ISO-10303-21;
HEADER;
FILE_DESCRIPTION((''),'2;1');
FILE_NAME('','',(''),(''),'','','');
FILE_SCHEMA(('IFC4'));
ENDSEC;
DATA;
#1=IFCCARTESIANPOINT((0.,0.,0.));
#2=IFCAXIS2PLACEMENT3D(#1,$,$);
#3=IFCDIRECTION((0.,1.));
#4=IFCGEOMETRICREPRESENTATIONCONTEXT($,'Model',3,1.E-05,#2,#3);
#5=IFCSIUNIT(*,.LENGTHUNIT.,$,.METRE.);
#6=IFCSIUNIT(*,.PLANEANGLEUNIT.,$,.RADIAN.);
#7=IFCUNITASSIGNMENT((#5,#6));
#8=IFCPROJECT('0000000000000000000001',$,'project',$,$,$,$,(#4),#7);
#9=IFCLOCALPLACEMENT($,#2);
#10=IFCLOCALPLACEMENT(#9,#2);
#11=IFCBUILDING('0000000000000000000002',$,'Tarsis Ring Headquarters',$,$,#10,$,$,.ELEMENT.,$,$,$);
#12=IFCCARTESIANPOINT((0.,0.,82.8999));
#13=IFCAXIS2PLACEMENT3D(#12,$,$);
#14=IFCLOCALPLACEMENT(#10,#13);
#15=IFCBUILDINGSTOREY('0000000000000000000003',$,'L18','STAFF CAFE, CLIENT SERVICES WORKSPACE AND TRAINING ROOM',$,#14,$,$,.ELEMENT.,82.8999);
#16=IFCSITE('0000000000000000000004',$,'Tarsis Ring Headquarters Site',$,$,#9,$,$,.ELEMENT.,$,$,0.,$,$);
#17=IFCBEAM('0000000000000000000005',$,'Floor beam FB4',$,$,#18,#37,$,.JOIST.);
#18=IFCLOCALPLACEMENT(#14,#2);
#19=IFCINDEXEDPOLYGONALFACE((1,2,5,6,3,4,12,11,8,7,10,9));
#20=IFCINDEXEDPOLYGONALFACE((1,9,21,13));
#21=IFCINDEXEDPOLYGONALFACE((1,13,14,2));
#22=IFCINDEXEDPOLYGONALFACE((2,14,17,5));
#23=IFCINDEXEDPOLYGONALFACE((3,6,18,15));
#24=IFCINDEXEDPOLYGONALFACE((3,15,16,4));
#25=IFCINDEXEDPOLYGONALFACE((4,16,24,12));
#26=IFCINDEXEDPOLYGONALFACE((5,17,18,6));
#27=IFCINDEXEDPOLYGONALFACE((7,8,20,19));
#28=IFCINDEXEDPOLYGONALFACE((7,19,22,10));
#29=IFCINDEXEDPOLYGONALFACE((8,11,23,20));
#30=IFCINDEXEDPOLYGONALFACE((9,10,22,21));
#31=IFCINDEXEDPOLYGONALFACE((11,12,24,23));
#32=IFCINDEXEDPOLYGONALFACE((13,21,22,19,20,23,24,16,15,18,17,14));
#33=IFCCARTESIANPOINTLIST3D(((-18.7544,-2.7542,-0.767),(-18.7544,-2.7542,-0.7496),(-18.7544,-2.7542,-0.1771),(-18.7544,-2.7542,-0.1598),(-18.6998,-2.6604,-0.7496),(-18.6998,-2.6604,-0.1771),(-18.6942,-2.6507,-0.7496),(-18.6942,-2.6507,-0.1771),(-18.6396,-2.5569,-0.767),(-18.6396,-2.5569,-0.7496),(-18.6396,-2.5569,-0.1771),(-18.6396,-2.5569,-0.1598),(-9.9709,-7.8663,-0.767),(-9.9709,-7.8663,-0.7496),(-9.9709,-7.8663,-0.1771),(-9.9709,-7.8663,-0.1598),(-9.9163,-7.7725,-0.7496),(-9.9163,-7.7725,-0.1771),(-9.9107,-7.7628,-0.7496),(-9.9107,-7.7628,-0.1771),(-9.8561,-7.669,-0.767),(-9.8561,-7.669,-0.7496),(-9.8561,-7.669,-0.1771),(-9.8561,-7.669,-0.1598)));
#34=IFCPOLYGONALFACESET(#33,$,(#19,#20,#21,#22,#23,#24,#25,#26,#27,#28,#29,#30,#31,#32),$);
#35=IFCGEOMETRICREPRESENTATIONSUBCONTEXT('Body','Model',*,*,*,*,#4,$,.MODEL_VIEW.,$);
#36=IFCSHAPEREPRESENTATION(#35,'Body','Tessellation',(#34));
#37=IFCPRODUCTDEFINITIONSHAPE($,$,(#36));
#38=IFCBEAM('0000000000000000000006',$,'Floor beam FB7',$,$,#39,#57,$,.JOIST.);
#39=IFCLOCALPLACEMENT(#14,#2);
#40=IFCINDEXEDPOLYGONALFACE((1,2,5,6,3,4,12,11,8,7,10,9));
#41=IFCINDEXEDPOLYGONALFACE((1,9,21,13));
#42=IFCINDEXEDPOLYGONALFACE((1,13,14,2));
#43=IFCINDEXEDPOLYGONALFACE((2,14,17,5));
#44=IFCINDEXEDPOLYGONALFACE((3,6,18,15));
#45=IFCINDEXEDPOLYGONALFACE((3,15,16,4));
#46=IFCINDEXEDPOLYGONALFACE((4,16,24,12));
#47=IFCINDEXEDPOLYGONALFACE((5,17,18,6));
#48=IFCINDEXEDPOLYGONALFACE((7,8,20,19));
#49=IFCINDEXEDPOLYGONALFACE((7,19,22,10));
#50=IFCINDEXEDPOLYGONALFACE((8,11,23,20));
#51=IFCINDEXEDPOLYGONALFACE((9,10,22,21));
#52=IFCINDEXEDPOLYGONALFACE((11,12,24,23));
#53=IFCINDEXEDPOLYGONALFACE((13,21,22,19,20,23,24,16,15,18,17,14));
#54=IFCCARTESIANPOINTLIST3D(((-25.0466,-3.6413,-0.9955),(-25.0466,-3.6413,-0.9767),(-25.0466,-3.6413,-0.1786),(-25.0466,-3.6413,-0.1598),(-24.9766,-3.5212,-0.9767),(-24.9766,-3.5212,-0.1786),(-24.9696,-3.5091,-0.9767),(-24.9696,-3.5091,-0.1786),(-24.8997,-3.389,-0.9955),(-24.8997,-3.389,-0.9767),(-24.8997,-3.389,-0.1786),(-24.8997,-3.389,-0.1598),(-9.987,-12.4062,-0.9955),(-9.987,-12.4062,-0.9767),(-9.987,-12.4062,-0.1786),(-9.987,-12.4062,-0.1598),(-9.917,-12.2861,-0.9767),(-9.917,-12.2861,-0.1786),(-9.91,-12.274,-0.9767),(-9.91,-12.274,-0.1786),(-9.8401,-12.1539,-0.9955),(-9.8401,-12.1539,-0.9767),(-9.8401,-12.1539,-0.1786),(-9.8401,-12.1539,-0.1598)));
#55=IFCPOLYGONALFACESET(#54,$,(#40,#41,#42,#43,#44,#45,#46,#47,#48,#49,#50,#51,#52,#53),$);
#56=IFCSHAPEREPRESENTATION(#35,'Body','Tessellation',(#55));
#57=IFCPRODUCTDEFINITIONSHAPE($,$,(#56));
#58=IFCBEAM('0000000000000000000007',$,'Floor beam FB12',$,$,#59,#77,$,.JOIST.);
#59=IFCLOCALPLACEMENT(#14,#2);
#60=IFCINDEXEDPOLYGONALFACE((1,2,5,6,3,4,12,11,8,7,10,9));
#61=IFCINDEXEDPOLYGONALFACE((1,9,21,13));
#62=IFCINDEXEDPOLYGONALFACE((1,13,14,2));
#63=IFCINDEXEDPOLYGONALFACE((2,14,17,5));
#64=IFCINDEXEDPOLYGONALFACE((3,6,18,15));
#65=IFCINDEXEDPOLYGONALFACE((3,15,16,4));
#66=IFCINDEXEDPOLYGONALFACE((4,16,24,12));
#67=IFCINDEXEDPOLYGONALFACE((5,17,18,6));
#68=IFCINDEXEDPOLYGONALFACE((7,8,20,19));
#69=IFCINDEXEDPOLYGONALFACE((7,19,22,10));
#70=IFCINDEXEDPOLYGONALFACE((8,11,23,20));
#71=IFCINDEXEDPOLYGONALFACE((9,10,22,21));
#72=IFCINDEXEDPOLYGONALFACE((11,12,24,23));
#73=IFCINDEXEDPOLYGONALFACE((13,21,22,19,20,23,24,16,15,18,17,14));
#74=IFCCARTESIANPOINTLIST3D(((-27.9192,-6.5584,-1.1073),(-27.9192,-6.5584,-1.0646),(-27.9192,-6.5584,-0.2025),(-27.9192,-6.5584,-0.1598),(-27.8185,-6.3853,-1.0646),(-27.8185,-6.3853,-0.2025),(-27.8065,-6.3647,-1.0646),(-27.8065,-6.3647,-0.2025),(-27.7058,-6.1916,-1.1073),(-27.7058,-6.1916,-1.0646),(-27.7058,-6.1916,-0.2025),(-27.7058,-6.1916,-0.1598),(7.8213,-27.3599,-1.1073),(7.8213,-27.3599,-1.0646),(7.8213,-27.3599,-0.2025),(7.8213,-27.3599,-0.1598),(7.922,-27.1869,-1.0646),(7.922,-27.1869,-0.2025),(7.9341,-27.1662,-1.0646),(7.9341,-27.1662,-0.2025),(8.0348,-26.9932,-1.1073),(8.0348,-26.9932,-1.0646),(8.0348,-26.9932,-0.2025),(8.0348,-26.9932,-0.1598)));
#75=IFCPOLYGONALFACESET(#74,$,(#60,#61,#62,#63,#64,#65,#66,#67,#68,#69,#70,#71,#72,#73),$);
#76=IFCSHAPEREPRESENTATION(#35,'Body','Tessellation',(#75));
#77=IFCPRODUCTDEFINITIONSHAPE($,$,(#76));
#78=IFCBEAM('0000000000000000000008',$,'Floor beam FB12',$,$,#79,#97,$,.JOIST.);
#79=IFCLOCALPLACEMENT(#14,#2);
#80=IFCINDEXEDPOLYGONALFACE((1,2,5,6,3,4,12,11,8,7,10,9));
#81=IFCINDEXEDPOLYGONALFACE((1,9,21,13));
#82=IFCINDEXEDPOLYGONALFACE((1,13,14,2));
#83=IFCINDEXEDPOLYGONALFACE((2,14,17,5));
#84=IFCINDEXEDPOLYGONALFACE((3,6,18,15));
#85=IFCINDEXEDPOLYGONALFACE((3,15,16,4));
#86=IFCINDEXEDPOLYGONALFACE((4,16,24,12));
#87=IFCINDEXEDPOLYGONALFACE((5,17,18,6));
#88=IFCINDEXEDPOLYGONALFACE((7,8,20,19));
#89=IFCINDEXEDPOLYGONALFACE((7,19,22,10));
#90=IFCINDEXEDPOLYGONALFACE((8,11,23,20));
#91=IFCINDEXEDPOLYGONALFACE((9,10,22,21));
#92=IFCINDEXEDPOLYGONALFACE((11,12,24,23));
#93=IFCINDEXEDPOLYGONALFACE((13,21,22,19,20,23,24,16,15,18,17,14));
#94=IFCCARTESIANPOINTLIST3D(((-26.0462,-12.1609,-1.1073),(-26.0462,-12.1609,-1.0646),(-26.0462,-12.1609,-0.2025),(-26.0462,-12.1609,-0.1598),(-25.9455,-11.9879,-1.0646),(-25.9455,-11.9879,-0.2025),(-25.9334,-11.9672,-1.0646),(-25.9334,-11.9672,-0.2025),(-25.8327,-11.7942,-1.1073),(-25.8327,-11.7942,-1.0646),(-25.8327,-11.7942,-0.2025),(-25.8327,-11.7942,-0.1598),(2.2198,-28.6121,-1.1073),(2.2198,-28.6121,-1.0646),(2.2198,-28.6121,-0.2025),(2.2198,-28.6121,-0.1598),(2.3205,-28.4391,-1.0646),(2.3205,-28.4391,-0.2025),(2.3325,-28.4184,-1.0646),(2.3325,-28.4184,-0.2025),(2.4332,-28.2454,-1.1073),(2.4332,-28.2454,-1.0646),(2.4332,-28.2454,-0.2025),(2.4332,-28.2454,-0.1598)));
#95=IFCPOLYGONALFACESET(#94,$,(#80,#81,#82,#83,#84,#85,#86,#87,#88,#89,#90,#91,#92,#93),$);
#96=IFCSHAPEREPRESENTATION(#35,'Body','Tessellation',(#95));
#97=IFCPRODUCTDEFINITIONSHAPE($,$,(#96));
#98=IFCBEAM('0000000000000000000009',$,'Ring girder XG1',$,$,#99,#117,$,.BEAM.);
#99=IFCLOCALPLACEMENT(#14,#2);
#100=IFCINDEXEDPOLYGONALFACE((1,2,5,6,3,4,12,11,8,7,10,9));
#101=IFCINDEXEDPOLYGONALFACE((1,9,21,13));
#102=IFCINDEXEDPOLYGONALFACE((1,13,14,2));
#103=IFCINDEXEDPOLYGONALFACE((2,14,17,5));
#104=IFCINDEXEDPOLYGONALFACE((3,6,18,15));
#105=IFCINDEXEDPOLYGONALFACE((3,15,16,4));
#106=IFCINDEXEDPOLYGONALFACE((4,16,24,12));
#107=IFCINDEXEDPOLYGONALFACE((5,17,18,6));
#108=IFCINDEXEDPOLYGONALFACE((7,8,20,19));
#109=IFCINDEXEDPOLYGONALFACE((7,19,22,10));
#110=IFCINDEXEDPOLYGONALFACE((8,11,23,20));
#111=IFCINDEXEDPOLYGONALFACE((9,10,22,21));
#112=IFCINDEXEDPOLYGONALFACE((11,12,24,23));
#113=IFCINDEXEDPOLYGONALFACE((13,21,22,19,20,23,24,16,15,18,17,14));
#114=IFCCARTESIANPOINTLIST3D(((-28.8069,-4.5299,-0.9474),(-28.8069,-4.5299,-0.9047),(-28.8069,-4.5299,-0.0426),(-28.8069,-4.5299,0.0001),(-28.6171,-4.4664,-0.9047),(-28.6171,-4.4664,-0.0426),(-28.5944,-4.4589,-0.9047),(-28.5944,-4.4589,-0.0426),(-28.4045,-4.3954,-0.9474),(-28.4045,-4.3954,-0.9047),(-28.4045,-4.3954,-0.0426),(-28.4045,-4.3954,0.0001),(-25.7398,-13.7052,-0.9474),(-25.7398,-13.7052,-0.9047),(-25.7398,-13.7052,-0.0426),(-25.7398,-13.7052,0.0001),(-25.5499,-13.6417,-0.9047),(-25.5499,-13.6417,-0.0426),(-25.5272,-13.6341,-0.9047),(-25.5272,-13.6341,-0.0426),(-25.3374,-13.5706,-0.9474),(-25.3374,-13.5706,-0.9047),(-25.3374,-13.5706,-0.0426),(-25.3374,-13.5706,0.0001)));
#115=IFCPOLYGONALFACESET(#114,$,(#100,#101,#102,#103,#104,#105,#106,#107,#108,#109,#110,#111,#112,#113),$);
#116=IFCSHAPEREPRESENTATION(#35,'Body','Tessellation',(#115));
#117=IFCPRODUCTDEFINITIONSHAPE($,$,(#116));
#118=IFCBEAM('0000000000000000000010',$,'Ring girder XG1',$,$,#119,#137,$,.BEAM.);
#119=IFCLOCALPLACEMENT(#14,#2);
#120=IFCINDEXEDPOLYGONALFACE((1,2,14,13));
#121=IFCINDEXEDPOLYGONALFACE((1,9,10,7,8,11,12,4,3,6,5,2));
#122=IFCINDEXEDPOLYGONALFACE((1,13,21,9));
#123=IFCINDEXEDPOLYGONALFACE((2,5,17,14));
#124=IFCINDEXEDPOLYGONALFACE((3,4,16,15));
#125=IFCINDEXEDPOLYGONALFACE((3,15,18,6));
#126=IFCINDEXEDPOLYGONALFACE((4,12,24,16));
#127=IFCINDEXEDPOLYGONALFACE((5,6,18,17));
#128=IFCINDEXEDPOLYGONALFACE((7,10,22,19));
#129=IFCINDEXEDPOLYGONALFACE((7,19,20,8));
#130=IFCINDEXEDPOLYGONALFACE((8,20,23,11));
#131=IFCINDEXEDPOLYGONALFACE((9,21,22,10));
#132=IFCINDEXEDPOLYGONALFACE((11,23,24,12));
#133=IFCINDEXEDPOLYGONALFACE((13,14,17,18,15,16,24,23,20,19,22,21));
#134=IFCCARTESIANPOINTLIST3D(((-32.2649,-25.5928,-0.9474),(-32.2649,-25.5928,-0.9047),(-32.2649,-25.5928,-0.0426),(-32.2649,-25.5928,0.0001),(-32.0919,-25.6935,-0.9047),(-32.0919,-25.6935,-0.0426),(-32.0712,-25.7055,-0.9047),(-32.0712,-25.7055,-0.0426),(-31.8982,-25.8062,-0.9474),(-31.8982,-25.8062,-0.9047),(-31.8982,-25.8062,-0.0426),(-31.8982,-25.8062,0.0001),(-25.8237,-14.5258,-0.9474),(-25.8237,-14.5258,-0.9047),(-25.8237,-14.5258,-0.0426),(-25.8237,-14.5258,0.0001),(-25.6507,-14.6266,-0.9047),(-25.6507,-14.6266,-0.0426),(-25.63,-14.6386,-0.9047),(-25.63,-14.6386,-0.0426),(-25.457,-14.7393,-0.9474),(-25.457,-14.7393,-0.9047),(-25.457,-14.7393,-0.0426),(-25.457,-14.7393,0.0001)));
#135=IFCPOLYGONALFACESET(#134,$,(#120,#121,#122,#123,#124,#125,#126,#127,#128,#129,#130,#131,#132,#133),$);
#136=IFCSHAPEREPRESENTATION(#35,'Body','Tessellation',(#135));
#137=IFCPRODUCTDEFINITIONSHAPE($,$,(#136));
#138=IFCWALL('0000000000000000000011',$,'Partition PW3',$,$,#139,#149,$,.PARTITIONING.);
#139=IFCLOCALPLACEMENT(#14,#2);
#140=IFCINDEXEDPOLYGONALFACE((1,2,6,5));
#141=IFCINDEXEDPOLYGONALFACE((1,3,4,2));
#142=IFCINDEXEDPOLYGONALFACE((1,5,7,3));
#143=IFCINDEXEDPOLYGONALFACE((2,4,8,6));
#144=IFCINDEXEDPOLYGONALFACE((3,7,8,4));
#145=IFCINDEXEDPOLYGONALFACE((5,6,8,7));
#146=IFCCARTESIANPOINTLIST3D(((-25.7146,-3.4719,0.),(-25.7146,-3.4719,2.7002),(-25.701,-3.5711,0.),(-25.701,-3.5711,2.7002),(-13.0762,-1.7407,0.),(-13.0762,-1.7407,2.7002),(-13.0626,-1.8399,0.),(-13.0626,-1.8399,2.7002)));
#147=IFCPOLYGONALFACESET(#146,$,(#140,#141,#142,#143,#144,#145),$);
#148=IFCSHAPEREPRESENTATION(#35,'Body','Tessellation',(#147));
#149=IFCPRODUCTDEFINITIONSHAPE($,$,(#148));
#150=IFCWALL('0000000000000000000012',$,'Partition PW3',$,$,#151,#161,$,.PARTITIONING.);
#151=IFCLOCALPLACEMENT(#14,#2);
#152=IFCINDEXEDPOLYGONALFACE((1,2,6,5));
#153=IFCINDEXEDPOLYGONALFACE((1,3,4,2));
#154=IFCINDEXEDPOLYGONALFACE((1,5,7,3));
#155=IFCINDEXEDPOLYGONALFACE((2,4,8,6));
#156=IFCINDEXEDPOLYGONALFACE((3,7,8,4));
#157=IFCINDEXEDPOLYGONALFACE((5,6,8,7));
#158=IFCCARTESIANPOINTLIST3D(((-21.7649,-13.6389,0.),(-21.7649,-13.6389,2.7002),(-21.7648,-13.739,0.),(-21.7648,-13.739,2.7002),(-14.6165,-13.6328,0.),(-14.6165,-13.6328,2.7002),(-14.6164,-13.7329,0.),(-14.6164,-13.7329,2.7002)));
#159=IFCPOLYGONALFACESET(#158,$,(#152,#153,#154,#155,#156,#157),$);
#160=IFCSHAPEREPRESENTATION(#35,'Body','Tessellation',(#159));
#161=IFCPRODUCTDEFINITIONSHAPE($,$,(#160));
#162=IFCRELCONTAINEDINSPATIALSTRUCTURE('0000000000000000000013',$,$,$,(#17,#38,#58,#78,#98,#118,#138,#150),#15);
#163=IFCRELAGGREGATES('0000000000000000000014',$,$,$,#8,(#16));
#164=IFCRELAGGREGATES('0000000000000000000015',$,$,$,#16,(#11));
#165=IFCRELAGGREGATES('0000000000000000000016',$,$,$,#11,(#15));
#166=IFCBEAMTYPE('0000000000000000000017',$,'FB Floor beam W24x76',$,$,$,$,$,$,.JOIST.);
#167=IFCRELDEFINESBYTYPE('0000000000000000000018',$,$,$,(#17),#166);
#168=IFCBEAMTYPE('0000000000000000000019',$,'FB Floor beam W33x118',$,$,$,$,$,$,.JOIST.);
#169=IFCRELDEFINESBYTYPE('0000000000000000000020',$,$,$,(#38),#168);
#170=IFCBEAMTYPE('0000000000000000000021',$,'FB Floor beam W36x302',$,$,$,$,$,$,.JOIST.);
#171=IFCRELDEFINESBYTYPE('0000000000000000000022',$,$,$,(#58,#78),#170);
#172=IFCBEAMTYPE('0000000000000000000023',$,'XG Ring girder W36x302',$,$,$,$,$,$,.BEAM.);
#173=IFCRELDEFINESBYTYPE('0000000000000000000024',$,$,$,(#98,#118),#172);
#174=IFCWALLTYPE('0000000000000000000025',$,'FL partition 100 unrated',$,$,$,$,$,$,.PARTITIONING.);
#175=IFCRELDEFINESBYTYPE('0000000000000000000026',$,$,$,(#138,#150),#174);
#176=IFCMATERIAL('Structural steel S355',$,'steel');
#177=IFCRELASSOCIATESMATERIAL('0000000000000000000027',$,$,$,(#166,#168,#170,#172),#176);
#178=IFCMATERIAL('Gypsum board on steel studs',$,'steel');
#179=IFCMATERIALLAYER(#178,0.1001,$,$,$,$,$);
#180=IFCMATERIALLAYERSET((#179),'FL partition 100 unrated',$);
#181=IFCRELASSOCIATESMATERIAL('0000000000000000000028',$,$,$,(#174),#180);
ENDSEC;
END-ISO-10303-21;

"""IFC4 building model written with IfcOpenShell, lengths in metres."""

from ifc_helpers import new_model, si_unit, direction, frame, frame_2d, origin, origin_2d, place, context, subcontext, project, spatial, rectangle, i_section, extrude, material, layer, layer_set, material_profile, profile_set, type_object, element, save


model = new_model("IFC4")

# Units and contexts
model_context = context("Model", 3, precision=1e-05, world=origin(), true_north=direction((0.0, 1.0)))
body_context = subcontext(model_context, "Body", "Model", "MODEL_VIEW")
ifc_project = project(units=[si_unit("LENGTHUNIT", "METRE"), si_unit("PLANEANGLEUNIT", "RADIAN")], contexts=[model_context])

# Site, building, storey
site_placement = place(None, origin())
site = spatial("IfcSite", under=ifc_project, at=site_placement, Name="Tarsis Ring Headquarters Site", CompositionType="ELEMENT", RefElevation=0.0)
building_placement = place(site_placement, origin())
building = spatial("IfcBuilding", under=site, at=building_placement, Name="Tarsis Ring Headquarters", CompositionType="ELEMENT")
storey_placement = place(building_placement, frame((0.0, 0.0, 82.8999)))
storey = spatial("IfcBuildingStorey", under=building, at=storey_placement, Name="L18", Description="STAFF CAFE, CLIENT SERVICES WORKSPACE AND TRAINING ROOM", CompositionType="ELEMENT", Elevation=82.8999)

# Beams
ifc_material_1 = material(Name="Structural steel S355", Category="steel")
ifc_material_profile_1 = material_profile(ifc_material_1, i_section(OverallWidth=0.2283, OverallDepth=0.6072, WebThickness=0.0112, FlangeThickness=0.0173, at=origin_2d()), Name="W24x76")
ifc_profile_set_1 = profile_set([ifc_material_profile_1], Name="Structural steel S355")
beam_type_1 = type_object("IfcBeamType", Name="FB Floor beam W24x76", PredefinedType="JOIST", material=ifc_profile_set_1)
beam_1_placement = place(storey_placement, frame((-18.697, -2.6555, -0.4634), z_axis=(0.864276, -0.503018, 0.0), x_axis=(0.503018, 0.864276, 0.0)))
element("IfcBeam", 1, at=beam_1_placement, inside=storey, type_object=beam_type_1, Name="Floor beam FB4", PredefinedType="JOIST", context=body_context, shape_type="SweptSolid", body=[
    extrude(i_section(OverallWidth=0.2283, OverallDepth=0.6072, WebThickness=0.0112, FlangeThickness=0.0173, at=origin_2d()), origin(), (0.0, 0.0, 1.0), 10.1628),
])
ifc_material_profile_2 = material_profile(ifc_material_1, i_section(OverallWidth=0.292, OverallDepth=0.8357, WebThickness=0.0139, FlangeThickness=0.0188, at=origin_2d()), Name="W33x118")
ifc_profile_set_2 = profile_set([ifc_material_profile_2], Name="Structural steel S355")
beam_type_2 = type_object("IfcBeamType", Name="FB Floor beam W33x118", PredefinedType="JOIST", material=ifc_profile_set_2)
beam_2_placement = place(storey_placement, frame((-24.9731, -3.5151, -0.5776), z_axis=(0.864274, -0.503021, 0.0), x_axis=(0.503021, 0.864274, 0.0)))
element("IfcBeam", 2, at=beam_2_placement, inside=storey, type_object=beam_type_2, Name="Floor beam FB7", PredefinedType="JOIST", context=body_context, shape_type="SweptSolid", body=[
    extrude(i_section(OverallWidth=0.292, OverallDepth=0.8357, WebThickness=0.0139, FlangeThickness=0.0188, at=origin_2d()), origin(), (0.0, 0.0, 1.0), 17.4246),
])
ifc_material_profile_3 = material_profile(ifc_material_1, i_section(OverallWidth=0.4243, OverallDepth=0.9475, WebThickness=0.0239, FlangeThickness=0.0427, at=origin_2d()), Name="W36x302")
ifc_profile_set_3 = profile_set([ifc_material_profile_3], Name="Structural steel S355")
beam_type_3 = type_object("IfcBeamType", Name="FB Floor beam W36x302", PredefinedType="JOIST", material=ifc_profile_set_3)
beam_3_placement = place(storey_placement, frame((-27.8125, -6.375, -0.6335), z_axis=(0.864274, -0.503021, 0.0), x_axis=(0.503021, 0.864274, 0.0)))
element("IfcBeam", 3, at=beam_3_placement, inside=storey, type_object=beam_type_3, Name="Floor beam FB12", PredefinedType="JOIST", context=body_context, shape_type="SweptSolid", body=[
    extrude(i_section(OverallWidth=0.4243, OverallDepth=0.9475, WebThickness=0.0239, FlangeThickness=0.0427, at=origin_2d()), origin(), (0.0, 0.0, 1.0), 41.3533),
])
beam_4_placement = place(storey_placement, frame((-25.9395, -11.9775, -0.6335), z_axis=(0.864274, -0.503021, 0.0), x_axis=(0.503021, 0.864274, 0.0)))
element("IfcBeam", 4, at=beam_4_placement, inside=storey, type_object=beam_type_3, Name="Floor beam FB12", PredefinedType="JOIST", context=body_context, shape_type="SweptSolid", body=[
    extrude(i_section(OverallWidth=0.4243, OverallDepth=0.9475, WebThickness=0.0239, FlangeThickness=0.0427, at=origin_2d()), origin(), (0.0, 0.0, 1.0), 32.7048),
])
beam_type_4 = type_object("IfcBeamType", Name="XG Ring girder W36x302", PredefinedType="BEAM", material=ifc_profile_set_3)
beam_5_placement = place(storey_placement, frame((-28.6057, -4.4626, -0.4736), z_axis=(0.317038, -0.948413, 0.0), x_axis=(0.948413, 0.317038, 0.0)))
element("IfcBeam", 5, at=beam_5_placement, inside=storey, type_object=beam_type_4, Name="Ring girder XG1", PredefinedType="BEAM", context=body_context, shape_type="SweptSolid", body=[
    extrude(i_section(OverallWidth=0.4243, OverallDepth=0.9475, WebThickness=0.0239, FlangeThickness=0.0427, at=origin_2d()), origin(), (0.0, 0.0, 1.0), 9.6743),
])
beam_6_placement = place(storey_placement, frame((-25.6404, -14.6326, -0.4736), z_axis=(-0.503024, -0.864272, 0.0), x_axis=(0.864272, -0.503024, 0.0)))
element("IfcBeam", 6, at=beam_6_placement, inside=storey, type_object=beam_type_4, Name="Ring girder XG1", PredefinedType="BEAM", context=body_context, shape_type="SweptSolid", body=[
    extrude(i_section(OverallWidth=0.4243, OverallDepth=0.9475, WebThickness=0.0239, FlangeThickness=0.0427, at=origin_2d()), origin(), (0.0, 0.0, 1.0), 12.8049),
])

# Walls
ifc_material_2 = material(Name="Gypsum board on steel studs", Category="steel")
ifc_layer_1 = layer(ifc_material_2, 0.1001)
ifc_layer_set_1 = layer_set([ifc_layer_1], Name="FL partition 100 unrated")
wall_type_1 = type_object("IfcWallType", Name="FL partition 100 unrated", PredefinedType="PARTITIONING", material=ifc_layer_set_1)
wall_1_placement = place(storey_placement, frame((-25.7078, -3.5215, 0.0), z_axis=(0.0, 0.0, 1.0), x_axis=(0.990748, 0.135712, 0.0)))
element("IfcWall", 7, at=wall_1_placement, inside=storey, type_object=wall_type_1, Name="Partition PW3", PredefinedType="PARTITIONING", context=body_context, shape_type="SweptSolid", body=[
    extrude(rectangle(XDim=12.7563, YDim=0.1001, at=frame_2d((6.3782, 0.0))), origin(), (0.0, 0.0, 1.0), 2.7002),
])
wall_2_placement = place(storey_placement, frame((-21.7649, -13.689, 0.0), z_axis=(0.0, 0.0, 1.0), x_axis=(1.0, 0.000854, 0.0)))
element("IfcWall", 8, at=wall_2_placement, inside=storey, type_object=wall_type_1, Name="Partition PW3", PredefinedType="PARTITIONING", context=body_context, shape_type="SweptSolid", body=[
    extrude(rectangle(XDim=7.1484, YDim=0.1001, at=frame_2d((3.5742, 0.0))), origin(), (0.0, 0.0, 1.0), 2.7002),
])

save(model, "model.ifc")
